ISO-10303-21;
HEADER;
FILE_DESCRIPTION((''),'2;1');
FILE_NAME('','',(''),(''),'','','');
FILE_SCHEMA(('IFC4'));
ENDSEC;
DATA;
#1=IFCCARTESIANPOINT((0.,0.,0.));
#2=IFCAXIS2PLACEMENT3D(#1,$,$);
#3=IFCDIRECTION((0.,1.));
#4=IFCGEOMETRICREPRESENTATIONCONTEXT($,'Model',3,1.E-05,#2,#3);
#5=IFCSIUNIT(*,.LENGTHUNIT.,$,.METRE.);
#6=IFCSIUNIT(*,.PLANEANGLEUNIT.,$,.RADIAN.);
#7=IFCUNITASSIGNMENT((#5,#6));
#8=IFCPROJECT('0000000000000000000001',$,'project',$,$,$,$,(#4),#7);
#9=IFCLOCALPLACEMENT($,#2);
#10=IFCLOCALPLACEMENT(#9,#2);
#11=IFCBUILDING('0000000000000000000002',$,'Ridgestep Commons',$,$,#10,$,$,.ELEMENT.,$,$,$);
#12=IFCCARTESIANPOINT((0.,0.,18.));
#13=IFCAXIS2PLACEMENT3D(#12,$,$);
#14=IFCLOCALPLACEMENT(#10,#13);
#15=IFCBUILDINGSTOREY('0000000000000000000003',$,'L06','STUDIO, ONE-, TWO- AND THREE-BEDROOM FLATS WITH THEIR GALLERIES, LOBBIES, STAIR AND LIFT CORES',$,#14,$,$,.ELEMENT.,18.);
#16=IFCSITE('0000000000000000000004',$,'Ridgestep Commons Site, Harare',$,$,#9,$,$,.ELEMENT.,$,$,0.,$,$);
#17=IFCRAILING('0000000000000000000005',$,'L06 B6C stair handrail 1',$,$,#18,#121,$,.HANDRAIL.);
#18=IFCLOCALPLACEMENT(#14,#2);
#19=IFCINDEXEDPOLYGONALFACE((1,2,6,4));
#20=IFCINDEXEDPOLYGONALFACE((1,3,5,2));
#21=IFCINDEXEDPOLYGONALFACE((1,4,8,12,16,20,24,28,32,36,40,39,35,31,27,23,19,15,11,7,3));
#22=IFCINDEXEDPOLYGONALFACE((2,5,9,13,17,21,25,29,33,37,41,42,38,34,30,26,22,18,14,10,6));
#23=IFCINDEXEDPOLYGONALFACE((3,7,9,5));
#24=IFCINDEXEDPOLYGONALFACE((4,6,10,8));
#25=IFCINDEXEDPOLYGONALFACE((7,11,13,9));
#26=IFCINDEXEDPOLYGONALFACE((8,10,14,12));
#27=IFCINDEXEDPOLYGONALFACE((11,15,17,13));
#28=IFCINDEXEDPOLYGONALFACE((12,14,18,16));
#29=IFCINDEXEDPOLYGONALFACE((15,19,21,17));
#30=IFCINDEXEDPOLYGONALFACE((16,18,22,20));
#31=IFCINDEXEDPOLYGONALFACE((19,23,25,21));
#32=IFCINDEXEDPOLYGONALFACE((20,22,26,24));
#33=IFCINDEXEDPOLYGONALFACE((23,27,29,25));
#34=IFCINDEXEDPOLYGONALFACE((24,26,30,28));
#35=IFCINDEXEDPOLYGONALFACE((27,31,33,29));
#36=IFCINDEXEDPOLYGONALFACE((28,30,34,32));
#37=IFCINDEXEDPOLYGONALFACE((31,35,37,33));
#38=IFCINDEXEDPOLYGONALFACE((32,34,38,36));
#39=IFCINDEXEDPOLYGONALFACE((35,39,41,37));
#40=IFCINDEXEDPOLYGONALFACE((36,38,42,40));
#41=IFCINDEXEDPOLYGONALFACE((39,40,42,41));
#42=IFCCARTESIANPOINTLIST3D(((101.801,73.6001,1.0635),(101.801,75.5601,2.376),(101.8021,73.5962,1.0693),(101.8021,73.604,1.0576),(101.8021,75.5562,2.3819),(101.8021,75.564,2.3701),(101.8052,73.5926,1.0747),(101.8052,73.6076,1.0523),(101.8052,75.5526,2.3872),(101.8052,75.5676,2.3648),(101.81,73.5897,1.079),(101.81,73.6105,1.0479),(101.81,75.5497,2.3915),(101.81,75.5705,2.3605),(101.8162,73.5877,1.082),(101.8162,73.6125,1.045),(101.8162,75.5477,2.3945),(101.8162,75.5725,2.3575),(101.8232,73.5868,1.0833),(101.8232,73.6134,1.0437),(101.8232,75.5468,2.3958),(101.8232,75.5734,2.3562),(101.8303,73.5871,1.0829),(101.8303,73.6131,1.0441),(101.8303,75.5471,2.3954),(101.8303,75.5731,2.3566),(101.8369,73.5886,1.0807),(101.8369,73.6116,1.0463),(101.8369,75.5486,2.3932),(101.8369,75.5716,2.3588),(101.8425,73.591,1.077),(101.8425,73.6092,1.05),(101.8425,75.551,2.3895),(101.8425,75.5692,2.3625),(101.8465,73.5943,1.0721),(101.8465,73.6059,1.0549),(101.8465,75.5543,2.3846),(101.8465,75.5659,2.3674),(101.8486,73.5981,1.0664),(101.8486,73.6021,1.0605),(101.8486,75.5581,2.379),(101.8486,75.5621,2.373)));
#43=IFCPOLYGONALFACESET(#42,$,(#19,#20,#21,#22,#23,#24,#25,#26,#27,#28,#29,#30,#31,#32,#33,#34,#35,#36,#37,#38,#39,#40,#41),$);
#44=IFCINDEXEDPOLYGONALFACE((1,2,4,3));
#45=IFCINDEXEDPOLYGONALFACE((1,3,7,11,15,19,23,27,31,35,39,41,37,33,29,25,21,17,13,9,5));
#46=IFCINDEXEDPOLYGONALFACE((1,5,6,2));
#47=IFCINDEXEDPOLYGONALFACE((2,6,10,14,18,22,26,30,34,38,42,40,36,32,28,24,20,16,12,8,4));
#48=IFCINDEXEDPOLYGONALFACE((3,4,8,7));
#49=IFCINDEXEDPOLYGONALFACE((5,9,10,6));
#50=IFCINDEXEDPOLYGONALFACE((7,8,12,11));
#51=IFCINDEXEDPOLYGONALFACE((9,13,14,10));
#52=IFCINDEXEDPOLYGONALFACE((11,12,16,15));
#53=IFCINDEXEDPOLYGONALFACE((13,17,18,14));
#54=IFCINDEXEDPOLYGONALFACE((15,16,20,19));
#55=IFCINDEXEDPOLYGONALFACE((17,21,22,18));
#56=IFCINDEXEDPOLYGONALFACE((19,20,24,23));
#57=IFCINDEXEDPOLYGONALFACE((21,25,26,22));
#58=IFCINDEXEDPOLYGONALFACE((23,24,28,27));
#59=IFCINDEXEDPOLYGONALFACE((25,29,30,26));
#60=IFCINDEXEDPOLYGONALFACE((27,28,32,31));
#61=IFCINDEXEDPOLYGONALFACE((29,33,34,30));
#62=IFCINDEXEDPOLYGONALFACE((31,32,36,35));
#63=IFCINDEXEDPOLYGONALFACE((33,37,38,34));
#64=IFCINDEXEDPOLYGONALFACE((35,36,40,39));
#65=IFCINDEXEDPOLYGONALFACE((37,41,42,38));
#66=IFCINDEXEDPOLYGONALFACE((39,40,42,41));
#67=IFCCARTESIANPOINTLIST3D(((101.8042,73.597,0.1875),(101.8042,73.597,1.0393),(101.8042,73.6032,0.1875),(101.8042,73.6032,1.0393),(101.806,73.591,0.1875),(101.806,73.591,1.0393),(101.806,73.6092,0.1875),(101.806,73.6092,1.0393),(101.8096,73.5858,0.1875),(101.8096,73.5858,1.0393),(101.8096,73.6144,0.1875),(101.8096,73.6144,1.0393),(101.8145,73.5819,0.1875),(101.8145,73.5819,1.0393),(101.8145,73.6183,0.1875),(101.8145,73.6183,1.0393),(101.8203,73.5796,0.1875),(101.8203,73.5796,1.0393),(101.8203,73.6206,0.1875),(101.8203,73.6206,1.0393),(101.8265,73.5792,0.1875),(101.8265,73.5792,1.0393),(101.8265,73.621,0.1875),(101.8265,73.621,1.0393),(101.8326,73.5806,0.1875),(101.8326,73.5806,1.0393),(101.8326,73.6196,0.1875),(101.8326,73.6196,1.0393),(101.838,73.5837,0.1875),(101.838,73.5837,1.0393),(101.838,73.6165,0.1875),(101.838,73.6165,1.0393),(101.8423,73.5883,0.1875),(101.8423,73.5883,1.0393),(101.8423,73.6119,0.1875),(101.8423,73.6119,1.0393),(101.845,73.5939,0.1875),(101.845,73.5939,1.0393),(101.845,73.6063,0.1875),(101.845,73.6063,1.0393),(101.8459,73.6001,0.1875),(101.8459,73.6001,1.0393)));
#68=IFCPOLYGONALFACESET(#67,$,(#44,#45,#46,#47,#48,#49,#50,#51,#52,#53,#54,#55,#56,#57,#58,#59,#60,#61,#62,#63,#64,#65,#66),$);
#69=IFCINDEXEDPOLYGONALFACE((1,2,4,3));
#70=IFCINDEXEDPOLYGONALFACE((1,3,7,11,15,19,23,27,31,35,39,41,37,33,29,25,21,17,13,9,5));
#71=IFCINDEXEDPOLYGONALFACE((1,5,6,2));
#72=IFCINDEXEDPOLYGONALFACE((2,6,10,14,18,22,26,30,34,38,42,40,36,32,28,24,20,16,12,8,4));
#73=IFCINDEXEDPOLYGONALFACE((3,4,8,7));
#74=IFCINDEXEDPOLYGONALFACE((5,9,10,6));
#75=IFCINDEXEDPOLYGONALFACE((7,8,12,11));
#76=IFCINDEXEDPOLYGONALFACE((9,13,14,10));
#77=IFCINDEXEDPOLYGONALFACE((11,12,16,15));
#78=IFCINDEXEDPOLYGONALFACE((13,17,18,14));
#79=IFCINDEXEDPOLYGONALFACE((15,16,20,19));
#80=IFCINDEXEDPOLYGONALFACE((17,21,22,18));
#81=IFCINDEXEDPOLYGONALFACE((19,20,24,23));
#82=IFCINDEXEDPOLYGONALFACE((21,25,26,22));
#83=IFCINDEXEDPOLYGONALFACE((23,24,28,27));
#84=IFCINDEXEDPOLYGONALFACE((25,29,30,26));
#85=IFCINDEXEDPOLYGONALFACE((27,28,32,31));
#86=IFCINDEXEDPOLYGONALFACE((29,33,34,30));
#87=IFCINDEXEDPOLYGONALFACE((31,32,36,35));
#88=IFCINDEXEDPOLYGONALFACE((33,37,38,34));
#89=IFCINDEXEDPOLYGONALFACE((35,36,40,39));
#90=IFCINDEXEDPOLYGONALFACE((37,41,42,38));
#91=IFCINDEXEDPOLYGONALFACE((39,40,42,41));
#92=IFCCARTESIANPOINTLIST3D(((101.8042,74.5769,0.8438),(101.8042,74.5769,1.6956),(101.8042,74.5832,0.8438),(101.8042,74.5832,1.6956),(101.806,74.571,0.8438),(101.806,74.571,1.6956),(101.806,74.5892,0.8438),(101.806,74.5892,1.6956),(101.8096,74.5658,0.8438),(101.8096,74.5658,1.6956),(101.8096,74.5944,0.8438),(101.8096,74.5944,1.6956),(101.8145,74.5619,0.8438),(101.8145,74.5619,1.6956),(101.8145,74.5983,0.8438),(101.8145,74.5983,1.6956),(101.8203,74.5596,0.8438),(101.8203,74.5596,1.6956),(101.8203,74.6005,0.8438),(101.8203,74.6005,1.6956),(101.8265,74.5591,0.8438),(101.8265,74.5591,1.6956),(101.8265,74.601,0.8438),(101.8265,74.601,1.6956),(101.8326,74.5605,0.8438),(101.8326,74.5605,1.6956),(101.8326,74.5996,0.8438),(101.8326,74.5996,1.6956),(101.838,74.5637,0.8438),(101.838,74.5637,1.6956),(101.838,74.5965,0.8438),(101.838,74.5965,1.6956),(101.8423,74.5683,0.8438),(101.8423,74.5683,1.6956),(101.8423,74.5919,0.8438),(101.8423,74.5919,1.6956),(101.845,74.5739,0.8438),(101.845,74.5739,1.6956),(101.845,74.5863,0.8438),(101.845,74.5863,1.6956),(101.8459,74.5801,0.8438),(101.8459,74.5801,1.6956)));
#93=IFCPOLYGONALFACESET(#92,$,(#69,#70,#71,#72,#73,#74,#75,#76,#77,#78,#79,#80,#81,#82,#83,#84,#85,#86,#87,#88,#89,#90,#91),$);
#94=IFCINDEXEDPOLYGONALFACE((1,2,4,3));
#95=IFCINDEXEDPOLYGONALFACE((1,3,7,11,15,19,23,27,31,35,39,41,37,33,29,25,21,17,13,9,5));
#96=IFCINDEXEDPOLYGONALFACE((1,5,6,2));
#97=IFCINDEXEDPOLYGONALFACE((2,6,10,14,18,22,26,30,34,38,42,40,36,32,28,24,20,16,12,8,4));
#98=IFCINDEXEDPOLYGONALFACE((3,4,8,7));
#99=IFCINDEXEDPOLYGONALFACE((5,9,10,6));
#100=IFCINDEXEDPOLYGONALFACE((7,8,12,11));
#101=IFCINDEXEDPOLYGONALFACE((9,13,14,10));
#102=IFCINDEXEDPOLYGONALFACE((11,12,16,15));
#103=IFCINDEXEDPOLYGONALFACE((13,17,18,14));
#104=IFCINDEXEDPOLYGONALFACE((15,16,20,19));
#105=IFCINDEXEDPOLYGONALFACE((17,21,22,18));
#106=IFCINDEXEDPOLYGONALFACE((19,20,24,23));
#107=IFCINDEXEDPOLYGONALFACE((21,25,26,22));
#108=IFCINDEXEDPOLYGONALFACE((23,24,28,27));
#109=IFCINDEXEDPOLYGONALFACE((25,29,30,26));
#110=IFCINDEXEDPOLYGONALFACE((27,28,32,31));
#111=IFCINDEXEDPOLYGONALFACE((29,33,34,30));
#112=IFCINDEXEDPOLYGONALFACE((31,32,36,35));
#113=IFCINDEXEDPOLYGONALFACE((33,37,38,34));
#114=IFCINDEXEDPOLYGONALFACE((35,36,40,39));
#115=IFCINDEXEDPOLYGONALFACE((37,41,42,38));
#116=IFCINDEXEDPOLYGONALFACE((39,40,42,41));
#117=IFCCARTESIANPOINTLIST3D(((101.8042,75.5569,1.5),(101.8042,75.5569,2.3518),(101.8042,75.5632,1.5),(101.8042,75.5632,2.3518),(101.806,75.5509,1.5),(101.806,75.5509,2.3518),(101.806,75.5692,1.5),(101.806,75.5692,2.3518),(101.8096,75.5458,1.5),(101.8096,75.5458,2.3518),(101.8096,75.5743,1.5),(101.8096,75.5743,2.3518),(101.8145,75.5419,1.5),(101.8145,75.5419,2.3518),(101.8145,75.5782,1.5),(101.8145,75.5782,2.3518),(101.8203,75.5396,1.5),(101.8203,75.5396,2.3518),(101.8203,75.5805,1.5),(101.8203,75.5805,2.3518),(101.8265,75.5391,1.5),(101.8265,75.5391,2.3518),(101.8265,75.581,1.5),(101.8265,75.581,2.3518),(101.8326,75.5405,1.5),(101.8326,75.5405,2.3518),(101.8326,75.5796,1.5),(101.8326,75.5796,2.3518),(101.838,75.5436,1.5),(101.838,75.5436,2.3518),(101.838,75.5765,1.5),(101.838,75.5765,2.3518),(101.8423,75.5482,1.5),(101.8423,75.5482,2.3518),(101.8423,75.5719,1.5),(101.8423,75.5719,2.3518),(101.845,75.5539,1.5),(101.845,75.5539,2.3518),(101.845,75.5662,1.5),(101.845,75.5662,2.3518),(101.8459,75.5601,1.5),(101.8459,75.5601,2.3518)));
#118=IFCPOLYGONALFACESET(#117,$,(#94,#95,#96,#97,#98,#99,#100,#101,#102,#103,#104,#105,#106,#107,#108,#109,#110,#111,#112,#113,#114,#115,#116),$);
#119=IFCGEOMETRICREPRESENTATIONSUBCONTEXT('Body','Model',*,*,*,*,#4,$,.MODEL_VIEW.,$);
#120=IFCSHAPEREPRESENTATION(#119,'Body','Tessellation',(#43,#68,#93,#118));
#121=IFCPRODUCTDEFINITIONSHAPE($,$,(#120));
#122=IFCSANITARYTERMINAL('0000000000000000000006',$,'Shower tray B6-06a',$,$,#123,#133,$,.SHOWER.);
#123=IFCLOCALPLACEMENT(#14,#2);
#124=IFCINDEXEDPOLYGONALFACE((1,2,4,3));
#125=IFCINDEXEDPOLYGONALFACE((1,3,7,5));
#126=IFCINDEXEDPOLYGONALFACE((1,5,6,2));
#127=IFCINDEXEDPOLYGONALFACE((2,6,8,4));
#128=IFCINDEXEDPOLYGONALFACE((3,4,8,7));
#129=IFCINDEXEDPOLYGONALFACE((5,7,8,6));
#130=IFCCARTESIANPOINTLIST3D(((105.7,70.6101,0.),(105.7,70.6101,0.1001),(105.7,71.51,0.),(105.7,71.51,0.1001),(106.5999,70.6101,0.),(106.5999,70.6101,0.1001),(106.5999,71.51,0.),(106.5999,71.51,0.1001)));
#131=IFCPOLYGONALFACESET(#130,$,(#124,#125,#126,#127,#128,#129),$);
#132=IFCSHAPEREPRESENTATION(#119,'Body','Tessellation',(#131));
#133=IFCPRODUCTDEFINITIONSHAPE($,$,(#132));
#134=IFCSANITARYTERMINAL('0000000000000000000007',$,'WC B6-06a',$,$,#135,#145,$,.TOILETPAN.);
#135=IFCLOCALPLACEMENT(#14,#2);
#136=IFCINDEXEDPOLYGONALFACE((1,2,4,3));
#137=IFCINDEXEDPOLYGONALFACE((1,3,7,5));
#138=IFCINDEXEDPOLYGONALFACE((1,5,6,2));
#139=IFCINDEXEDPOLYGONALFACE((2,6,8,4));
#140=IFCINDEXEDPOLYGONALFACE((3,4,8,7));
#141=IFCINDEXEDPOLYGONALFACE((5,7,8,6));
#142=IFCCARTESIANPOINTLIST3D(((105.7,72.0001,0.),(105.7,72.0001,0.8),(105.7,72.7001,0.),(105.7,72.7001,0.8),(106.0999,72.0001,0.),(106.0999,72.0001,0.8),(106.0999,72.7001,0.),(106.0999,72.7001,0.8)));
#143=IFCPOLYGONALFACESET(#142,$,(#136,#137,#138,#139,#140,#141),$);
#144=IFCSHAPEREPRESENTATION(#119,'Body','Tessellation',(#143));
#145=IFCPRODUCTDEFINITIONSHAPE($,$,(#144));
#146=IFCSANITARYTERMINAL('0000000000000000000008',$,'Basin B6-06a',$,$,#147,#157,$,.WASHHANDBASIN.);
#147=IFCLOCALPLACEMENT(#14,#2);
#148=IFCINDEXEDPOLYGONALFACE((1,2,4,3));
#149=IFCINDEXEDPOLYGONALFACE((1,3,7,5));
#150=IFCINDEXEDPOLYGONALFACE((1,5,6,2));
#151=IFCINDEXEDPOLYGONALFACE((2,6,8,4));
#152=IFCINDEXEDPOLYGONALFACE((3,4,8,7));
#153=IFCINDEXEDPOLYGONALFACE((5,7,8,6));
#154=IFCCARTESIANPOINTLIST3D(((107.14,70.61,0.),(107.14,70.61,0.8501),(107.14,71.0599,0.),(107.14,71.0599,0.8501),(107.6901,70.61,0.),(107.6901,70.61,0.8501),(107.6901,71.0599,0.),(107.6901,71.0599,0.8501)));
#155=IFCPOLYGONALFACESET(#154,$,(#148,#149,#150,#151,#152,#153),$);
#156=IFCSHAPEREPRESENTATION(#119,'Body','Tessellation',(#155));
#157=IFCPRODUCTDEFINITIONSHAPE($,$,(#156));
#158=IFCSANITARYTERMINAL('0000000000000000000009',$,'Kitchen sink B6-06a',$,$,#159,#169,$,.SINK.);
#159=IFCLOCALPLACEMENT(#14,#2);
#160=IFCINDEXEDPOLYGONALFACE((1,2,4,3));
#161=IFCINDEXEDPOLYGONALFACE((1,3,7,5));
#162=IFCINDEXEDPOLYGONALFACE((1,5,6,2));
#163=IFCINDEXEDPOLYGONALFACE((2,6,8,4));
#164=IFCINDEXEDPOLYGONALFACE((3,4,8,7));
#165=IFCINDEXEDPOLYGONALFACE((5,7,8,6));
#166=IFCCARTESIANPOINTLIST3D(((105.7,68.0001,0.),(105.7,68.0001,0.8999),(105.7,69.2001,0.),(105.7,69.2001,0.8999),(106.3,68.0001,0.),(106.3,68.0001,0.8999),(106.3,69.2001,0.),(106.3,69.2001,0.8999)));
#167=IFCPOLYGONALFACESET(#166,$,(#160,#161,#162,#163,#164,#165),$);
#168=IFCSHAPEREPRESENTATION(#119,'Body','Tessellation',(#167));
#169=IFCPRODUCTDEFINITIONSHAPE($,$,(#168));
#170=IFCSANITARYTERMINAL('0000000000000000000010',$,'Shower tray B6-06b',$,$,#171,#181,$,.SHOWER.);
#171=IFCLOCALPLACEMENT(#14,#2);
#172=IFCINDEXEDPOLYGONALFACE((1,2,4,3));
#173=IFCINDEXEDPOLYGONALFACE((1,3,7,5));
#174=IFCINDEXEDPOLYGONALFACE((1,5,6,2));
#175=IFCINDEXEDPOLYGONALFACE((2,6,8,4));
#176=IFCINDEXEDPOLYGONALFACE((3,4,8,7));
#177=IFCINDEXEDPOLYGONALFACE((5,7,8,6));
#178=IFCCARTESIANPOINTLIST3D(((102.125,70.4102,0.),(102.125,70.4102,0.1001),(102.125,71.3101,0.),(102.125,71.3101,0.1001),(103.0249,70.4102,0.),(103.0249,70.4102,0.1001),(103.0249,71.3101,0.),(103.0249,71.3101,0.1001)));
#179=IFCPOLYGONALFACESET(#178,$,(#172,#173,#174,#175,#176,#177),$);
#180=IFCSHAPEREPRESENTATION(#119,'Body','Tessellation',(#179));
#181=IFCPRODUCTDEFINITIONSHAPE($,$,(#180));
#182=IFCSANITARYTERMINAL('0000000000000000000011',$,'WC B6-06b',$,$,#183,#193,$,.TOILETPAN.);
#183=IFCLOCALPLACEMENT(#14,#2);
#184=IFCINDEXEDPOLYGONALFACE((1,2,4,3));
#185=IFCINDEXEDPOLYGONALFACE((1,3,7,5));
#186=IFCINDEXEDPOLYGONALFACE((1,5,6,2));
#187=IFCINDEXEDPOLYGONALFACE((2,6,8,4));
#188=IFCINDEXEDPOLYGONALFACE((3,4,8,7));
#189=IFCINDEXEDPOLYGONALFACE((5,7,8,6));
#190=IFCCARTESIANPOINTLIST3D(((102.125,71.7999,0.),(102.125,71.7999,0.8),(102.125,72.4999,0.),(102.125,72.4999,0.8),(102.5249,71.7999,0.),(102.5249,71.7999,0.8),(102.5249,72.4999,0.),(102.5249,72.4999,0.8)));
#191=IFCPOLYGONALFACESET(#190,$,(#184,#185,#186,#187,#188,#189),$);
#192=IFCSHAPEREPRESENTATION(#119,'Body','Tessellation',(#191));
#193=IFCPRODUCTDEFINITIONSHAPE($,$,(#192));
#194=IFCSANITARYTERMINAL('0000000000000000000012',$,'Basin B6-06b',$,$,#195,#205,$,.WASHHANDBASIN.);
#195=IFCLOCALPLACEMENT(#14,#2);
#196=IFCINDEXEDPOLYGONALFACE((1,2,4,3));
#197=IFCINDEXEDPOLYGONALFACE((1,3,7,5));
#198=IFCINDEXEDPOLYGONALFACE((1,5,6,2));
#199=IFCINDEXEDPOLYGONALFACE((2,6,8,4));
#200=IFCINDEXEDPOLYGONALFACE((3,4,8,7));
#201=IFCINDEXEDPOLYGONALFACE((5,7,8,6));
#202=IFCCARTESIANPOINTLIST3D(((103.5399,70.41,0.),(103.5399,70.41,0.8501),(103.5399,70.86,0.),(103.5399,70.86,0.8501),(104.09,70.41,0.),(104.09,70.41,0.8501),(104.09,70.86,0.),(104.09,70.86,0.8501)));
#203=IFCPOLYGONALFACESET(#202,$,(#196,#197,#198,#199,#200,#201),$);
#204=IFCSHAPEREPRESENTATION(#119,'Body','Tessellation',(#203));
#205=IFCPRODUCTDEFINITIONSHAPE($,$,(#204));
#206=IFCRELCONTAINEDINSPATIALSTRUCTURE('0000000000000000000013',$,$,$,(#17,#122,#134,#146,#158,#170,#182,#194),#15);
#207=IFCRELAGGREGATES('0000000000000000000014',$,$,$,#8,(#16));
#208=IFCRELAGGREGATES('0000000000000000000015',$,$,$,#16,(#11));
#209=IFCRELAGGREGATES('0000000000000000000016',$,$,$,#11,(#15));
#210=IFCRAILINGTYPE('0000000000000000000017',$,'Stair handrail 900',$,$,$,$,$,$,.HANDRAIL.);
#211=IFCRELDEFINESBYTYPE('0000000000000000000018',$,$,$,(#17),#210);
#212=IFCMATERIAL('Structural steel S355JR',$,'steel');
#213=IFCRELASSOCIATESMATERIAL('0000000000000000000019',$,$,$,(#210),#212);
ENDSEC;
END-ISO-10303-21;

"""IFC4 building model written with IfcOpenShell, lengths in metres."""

from ifc_helpers import new_model, si_unit, direction, frame, origin, origin_2d, place, context, subcontext, project, spatial, rectangle, circle, extrude, material, type_object, element, save


model = new_model("IFC4")

# Units and contexts
model_context = context("Model", 3, precision=1e-05, world=origin(), true_north=direction((0.0, 1.0)))
body_context = subcontext(model_context, "Body", "Model", "MODEL_VIEW")
ifc_project = project(units=[si_unit("LENGTHUNIT", "METRE"), si_unit("PLANEANGLEUNIT", "RADIAN")], contexts=[model_context])

# Site, building, storey
site_placement = place(None, origin())
site = spatial("IfcSite", under=ifc_project, at=site_placement, Name="Ridgestep Commons Site, Harare", CompositionType="ELEMENT", RefElevation=0.0)
building_placement = place(site_placement, origin())
building = spatial("IfcBuilding", under=site, at=building_placement, Name="Ridgestep Commons", CompositionType="ELEMENT")
storey_placement = place(building_placement, frame((0.0, 0.0, 18.0)))
storey = spatial("IfcBuildingStorey", under=building, at=storey_placement, Name="L06", Description="STUDIO, ONE-, TWO- AND THREE-BEDROOM FLATS WITH THEIR GALLERIES, LOBBIES, STAIR AND LIFT CORES", CompositionType="ELEMENT", Elevation=18.0)

# Railing
ifc_material_1 = material(Name="Structural steel S355JR", Category="steel")
railing_type_1 = type_object("IfcRailingType", Name="Stair handrail 900", PredefinedType="HANDRAIL", material=ifc_material_1)
railing_1_placement = place(storey_placement, frame((101.825, 73.6001, 0.1875)))
element("IfcRailing", 1, at=railing_1_placement, inside=storey, type_object=railing_type_1, Name="L06 B6C stair handrail 1", PredefinedType="HANDRAIL", context=body_context, shape_type="SweptSolid", body=[
    extrude(circle(Radius=0.0239, at=origin_2d()), frame((0.0, 0.0, 0.876), z_axis=(0.0, 0.830902, 0.556419), x_axis=(-1.0, 0.0, 0.0)), (0.0, 0.0, 1.0), 2.3589),
    extrude(circle(Radius=0.021, at=origin_2d()), origin(), (0.0, 0.0, 1.0), 0.8518),
    extrude(circle(Radius=0.021, at=origin_2d()), frame((0.0, 0.98, 0.6562)), (0.0, 0.0, 1.0), 0.8518),
    extrude(circle(Radius=0.021, at=origin_2d()), frame((0.0, 1.96, 1.3125)), (0.0, 0.0, 1.0), 0.8518),
])

# Sanitary terminals
sanitary_terminal_1_placement = place(storey_placement, frame((106.1499, 71.0601, 0.0), z_axis=(0.0, 0.0, 1.0), x_axis=(1.0, 0.0, 0.0)))
element("IfcSanitaryTerminal", 2, at=sanitary_terminal_1_placement, inside=storey, Name="Shower tray B6-06a", PredefinedType="SHOWER", context=body_context, shape_type="SweptSolid", body=[
    extrude(rectangle(XDim=0.8999, YDim=0.8999, at=origin_2d()), origin(), (0.0, 0.0, 1.0), 0.1001),
])
sanitary_terminal_2_placement = place(storey_placement, frame((105.8999, 72.3501, 0.0), z_axis=(0.0, 0.0, 1.0), x_axis=(1.0, 0.0, 0.0)))
element("IfcSanitaryTerminal", 3, at=sanitary_terminal_2_placement, inside=storey, Name="WC B6-06a", PredefinedType="TOILETPAN", context=body_context, shape_type="SweptSolid", body=[
    extrude(rectangle(XDim=0.3999, YDim=0.7, at=origin_2d()), origin(), (0.0, 0.0, 1.0), 0.8),
])
sanitary_terminal_3_placement = place(storey_placement, frame((107.415, 70.835, 0.0), z_axis=(0.0, 0.0, 1.0), x_axis=(1.0, 0.0, 0.0)))
element("IfcSanitaryTerminal", 4, at=sanitary_terminal_3_placement, inside=storey, Name="Basin B6-06a", PredefinedType="WASHHANDBASIN", context=body_context, shape_type="SweptSolid", body=[
    extrude(rectangle(XDim=0.55, YDim=0.45, at=origin_2d()), origin(), (0.0, 0.0, 1.0), 0.8501),
])
sanitary_terminal_4_placement = place(storey_placement, frame((106.0, 68.6001, 0.0), z_axis=(0.0, 0.0, 1.0), x_axis=(1.0, 0.0, 0.0)))
element("IfcSanitaryTerminal", 5, at=sanitary_terminal_4_placement, inside=storey, Name="Kitchen sink B6-06a", PredefinedType="SINK", context=body_context, shape_type="SweptSolid", body=[
    extrude(rectangle(XDim=0.6001, YDim=1.2, at=origin_2d()), origin(), (0.0, 0.0, 1.0), 0.8999),
])
sanitary_terminal_5_placement = place(storey_placement, frame((102.575, 70.8601, 0.0), z_axis=(0.0, 0.0, 1.0), x_axis=(1.0, 0.0, 0.0)))
element("IfcSanitaryTerminal", 6, at=sanitary_terminal_5_placement, inside=storey, Name="Shower tray B6-06b", PredefinedType="SHOWER", context=body_context, shape_type="SweptSolid", body=[
    extrude(rectangle(XDim=0.8999, YDim=0.8999, at=origin_2d()), origin(), (0.0, 0.0, 1.0), 0.1001),
])
sanitary_terminal_6_placement = place(storey_placement, frame((102.325, 72.1499, 0.0), z_axis=(0.0, 0.0, 1.0), x_axis=(1.0, 0.0, 0.0)))
element("IfcSanitaryTerminal", 7, at=sanitary_terminal_6_placement, inside=storey, Name="WC B6-06b", PredefinedType="TOILETPAN", context=body_context, shape_type="SweptSolid", body=[
    extrude(rectangle(XDim=0.3999, YDim=0.7, at=origin_2d()), origin(), (0.0, 0.0, 1.0), 0.8),
])
sanitary_terminal_7_placement = place(storey_placement, frame((103.8149, 70.635, 0.0), z_axis=(0.0, 0.0, 1.0), x_axis=(1.0, 0.0, 0.0)))
element("IfcSanitaryTerminal", 8, at=sanitary_terminal_7_placement, inside=storey, Name="Basin B6-06b", PredefinedType="WASHHANDBASIN", context=body_context, shape_type="SweptSolid", body=[
    extrude(rectangle(XDim=0.55, YDim=0.45, at=origin_2d()), origin(), (0.0, 0.0, 1.0), 0.8501),
])

save(model, "model.ifc")
